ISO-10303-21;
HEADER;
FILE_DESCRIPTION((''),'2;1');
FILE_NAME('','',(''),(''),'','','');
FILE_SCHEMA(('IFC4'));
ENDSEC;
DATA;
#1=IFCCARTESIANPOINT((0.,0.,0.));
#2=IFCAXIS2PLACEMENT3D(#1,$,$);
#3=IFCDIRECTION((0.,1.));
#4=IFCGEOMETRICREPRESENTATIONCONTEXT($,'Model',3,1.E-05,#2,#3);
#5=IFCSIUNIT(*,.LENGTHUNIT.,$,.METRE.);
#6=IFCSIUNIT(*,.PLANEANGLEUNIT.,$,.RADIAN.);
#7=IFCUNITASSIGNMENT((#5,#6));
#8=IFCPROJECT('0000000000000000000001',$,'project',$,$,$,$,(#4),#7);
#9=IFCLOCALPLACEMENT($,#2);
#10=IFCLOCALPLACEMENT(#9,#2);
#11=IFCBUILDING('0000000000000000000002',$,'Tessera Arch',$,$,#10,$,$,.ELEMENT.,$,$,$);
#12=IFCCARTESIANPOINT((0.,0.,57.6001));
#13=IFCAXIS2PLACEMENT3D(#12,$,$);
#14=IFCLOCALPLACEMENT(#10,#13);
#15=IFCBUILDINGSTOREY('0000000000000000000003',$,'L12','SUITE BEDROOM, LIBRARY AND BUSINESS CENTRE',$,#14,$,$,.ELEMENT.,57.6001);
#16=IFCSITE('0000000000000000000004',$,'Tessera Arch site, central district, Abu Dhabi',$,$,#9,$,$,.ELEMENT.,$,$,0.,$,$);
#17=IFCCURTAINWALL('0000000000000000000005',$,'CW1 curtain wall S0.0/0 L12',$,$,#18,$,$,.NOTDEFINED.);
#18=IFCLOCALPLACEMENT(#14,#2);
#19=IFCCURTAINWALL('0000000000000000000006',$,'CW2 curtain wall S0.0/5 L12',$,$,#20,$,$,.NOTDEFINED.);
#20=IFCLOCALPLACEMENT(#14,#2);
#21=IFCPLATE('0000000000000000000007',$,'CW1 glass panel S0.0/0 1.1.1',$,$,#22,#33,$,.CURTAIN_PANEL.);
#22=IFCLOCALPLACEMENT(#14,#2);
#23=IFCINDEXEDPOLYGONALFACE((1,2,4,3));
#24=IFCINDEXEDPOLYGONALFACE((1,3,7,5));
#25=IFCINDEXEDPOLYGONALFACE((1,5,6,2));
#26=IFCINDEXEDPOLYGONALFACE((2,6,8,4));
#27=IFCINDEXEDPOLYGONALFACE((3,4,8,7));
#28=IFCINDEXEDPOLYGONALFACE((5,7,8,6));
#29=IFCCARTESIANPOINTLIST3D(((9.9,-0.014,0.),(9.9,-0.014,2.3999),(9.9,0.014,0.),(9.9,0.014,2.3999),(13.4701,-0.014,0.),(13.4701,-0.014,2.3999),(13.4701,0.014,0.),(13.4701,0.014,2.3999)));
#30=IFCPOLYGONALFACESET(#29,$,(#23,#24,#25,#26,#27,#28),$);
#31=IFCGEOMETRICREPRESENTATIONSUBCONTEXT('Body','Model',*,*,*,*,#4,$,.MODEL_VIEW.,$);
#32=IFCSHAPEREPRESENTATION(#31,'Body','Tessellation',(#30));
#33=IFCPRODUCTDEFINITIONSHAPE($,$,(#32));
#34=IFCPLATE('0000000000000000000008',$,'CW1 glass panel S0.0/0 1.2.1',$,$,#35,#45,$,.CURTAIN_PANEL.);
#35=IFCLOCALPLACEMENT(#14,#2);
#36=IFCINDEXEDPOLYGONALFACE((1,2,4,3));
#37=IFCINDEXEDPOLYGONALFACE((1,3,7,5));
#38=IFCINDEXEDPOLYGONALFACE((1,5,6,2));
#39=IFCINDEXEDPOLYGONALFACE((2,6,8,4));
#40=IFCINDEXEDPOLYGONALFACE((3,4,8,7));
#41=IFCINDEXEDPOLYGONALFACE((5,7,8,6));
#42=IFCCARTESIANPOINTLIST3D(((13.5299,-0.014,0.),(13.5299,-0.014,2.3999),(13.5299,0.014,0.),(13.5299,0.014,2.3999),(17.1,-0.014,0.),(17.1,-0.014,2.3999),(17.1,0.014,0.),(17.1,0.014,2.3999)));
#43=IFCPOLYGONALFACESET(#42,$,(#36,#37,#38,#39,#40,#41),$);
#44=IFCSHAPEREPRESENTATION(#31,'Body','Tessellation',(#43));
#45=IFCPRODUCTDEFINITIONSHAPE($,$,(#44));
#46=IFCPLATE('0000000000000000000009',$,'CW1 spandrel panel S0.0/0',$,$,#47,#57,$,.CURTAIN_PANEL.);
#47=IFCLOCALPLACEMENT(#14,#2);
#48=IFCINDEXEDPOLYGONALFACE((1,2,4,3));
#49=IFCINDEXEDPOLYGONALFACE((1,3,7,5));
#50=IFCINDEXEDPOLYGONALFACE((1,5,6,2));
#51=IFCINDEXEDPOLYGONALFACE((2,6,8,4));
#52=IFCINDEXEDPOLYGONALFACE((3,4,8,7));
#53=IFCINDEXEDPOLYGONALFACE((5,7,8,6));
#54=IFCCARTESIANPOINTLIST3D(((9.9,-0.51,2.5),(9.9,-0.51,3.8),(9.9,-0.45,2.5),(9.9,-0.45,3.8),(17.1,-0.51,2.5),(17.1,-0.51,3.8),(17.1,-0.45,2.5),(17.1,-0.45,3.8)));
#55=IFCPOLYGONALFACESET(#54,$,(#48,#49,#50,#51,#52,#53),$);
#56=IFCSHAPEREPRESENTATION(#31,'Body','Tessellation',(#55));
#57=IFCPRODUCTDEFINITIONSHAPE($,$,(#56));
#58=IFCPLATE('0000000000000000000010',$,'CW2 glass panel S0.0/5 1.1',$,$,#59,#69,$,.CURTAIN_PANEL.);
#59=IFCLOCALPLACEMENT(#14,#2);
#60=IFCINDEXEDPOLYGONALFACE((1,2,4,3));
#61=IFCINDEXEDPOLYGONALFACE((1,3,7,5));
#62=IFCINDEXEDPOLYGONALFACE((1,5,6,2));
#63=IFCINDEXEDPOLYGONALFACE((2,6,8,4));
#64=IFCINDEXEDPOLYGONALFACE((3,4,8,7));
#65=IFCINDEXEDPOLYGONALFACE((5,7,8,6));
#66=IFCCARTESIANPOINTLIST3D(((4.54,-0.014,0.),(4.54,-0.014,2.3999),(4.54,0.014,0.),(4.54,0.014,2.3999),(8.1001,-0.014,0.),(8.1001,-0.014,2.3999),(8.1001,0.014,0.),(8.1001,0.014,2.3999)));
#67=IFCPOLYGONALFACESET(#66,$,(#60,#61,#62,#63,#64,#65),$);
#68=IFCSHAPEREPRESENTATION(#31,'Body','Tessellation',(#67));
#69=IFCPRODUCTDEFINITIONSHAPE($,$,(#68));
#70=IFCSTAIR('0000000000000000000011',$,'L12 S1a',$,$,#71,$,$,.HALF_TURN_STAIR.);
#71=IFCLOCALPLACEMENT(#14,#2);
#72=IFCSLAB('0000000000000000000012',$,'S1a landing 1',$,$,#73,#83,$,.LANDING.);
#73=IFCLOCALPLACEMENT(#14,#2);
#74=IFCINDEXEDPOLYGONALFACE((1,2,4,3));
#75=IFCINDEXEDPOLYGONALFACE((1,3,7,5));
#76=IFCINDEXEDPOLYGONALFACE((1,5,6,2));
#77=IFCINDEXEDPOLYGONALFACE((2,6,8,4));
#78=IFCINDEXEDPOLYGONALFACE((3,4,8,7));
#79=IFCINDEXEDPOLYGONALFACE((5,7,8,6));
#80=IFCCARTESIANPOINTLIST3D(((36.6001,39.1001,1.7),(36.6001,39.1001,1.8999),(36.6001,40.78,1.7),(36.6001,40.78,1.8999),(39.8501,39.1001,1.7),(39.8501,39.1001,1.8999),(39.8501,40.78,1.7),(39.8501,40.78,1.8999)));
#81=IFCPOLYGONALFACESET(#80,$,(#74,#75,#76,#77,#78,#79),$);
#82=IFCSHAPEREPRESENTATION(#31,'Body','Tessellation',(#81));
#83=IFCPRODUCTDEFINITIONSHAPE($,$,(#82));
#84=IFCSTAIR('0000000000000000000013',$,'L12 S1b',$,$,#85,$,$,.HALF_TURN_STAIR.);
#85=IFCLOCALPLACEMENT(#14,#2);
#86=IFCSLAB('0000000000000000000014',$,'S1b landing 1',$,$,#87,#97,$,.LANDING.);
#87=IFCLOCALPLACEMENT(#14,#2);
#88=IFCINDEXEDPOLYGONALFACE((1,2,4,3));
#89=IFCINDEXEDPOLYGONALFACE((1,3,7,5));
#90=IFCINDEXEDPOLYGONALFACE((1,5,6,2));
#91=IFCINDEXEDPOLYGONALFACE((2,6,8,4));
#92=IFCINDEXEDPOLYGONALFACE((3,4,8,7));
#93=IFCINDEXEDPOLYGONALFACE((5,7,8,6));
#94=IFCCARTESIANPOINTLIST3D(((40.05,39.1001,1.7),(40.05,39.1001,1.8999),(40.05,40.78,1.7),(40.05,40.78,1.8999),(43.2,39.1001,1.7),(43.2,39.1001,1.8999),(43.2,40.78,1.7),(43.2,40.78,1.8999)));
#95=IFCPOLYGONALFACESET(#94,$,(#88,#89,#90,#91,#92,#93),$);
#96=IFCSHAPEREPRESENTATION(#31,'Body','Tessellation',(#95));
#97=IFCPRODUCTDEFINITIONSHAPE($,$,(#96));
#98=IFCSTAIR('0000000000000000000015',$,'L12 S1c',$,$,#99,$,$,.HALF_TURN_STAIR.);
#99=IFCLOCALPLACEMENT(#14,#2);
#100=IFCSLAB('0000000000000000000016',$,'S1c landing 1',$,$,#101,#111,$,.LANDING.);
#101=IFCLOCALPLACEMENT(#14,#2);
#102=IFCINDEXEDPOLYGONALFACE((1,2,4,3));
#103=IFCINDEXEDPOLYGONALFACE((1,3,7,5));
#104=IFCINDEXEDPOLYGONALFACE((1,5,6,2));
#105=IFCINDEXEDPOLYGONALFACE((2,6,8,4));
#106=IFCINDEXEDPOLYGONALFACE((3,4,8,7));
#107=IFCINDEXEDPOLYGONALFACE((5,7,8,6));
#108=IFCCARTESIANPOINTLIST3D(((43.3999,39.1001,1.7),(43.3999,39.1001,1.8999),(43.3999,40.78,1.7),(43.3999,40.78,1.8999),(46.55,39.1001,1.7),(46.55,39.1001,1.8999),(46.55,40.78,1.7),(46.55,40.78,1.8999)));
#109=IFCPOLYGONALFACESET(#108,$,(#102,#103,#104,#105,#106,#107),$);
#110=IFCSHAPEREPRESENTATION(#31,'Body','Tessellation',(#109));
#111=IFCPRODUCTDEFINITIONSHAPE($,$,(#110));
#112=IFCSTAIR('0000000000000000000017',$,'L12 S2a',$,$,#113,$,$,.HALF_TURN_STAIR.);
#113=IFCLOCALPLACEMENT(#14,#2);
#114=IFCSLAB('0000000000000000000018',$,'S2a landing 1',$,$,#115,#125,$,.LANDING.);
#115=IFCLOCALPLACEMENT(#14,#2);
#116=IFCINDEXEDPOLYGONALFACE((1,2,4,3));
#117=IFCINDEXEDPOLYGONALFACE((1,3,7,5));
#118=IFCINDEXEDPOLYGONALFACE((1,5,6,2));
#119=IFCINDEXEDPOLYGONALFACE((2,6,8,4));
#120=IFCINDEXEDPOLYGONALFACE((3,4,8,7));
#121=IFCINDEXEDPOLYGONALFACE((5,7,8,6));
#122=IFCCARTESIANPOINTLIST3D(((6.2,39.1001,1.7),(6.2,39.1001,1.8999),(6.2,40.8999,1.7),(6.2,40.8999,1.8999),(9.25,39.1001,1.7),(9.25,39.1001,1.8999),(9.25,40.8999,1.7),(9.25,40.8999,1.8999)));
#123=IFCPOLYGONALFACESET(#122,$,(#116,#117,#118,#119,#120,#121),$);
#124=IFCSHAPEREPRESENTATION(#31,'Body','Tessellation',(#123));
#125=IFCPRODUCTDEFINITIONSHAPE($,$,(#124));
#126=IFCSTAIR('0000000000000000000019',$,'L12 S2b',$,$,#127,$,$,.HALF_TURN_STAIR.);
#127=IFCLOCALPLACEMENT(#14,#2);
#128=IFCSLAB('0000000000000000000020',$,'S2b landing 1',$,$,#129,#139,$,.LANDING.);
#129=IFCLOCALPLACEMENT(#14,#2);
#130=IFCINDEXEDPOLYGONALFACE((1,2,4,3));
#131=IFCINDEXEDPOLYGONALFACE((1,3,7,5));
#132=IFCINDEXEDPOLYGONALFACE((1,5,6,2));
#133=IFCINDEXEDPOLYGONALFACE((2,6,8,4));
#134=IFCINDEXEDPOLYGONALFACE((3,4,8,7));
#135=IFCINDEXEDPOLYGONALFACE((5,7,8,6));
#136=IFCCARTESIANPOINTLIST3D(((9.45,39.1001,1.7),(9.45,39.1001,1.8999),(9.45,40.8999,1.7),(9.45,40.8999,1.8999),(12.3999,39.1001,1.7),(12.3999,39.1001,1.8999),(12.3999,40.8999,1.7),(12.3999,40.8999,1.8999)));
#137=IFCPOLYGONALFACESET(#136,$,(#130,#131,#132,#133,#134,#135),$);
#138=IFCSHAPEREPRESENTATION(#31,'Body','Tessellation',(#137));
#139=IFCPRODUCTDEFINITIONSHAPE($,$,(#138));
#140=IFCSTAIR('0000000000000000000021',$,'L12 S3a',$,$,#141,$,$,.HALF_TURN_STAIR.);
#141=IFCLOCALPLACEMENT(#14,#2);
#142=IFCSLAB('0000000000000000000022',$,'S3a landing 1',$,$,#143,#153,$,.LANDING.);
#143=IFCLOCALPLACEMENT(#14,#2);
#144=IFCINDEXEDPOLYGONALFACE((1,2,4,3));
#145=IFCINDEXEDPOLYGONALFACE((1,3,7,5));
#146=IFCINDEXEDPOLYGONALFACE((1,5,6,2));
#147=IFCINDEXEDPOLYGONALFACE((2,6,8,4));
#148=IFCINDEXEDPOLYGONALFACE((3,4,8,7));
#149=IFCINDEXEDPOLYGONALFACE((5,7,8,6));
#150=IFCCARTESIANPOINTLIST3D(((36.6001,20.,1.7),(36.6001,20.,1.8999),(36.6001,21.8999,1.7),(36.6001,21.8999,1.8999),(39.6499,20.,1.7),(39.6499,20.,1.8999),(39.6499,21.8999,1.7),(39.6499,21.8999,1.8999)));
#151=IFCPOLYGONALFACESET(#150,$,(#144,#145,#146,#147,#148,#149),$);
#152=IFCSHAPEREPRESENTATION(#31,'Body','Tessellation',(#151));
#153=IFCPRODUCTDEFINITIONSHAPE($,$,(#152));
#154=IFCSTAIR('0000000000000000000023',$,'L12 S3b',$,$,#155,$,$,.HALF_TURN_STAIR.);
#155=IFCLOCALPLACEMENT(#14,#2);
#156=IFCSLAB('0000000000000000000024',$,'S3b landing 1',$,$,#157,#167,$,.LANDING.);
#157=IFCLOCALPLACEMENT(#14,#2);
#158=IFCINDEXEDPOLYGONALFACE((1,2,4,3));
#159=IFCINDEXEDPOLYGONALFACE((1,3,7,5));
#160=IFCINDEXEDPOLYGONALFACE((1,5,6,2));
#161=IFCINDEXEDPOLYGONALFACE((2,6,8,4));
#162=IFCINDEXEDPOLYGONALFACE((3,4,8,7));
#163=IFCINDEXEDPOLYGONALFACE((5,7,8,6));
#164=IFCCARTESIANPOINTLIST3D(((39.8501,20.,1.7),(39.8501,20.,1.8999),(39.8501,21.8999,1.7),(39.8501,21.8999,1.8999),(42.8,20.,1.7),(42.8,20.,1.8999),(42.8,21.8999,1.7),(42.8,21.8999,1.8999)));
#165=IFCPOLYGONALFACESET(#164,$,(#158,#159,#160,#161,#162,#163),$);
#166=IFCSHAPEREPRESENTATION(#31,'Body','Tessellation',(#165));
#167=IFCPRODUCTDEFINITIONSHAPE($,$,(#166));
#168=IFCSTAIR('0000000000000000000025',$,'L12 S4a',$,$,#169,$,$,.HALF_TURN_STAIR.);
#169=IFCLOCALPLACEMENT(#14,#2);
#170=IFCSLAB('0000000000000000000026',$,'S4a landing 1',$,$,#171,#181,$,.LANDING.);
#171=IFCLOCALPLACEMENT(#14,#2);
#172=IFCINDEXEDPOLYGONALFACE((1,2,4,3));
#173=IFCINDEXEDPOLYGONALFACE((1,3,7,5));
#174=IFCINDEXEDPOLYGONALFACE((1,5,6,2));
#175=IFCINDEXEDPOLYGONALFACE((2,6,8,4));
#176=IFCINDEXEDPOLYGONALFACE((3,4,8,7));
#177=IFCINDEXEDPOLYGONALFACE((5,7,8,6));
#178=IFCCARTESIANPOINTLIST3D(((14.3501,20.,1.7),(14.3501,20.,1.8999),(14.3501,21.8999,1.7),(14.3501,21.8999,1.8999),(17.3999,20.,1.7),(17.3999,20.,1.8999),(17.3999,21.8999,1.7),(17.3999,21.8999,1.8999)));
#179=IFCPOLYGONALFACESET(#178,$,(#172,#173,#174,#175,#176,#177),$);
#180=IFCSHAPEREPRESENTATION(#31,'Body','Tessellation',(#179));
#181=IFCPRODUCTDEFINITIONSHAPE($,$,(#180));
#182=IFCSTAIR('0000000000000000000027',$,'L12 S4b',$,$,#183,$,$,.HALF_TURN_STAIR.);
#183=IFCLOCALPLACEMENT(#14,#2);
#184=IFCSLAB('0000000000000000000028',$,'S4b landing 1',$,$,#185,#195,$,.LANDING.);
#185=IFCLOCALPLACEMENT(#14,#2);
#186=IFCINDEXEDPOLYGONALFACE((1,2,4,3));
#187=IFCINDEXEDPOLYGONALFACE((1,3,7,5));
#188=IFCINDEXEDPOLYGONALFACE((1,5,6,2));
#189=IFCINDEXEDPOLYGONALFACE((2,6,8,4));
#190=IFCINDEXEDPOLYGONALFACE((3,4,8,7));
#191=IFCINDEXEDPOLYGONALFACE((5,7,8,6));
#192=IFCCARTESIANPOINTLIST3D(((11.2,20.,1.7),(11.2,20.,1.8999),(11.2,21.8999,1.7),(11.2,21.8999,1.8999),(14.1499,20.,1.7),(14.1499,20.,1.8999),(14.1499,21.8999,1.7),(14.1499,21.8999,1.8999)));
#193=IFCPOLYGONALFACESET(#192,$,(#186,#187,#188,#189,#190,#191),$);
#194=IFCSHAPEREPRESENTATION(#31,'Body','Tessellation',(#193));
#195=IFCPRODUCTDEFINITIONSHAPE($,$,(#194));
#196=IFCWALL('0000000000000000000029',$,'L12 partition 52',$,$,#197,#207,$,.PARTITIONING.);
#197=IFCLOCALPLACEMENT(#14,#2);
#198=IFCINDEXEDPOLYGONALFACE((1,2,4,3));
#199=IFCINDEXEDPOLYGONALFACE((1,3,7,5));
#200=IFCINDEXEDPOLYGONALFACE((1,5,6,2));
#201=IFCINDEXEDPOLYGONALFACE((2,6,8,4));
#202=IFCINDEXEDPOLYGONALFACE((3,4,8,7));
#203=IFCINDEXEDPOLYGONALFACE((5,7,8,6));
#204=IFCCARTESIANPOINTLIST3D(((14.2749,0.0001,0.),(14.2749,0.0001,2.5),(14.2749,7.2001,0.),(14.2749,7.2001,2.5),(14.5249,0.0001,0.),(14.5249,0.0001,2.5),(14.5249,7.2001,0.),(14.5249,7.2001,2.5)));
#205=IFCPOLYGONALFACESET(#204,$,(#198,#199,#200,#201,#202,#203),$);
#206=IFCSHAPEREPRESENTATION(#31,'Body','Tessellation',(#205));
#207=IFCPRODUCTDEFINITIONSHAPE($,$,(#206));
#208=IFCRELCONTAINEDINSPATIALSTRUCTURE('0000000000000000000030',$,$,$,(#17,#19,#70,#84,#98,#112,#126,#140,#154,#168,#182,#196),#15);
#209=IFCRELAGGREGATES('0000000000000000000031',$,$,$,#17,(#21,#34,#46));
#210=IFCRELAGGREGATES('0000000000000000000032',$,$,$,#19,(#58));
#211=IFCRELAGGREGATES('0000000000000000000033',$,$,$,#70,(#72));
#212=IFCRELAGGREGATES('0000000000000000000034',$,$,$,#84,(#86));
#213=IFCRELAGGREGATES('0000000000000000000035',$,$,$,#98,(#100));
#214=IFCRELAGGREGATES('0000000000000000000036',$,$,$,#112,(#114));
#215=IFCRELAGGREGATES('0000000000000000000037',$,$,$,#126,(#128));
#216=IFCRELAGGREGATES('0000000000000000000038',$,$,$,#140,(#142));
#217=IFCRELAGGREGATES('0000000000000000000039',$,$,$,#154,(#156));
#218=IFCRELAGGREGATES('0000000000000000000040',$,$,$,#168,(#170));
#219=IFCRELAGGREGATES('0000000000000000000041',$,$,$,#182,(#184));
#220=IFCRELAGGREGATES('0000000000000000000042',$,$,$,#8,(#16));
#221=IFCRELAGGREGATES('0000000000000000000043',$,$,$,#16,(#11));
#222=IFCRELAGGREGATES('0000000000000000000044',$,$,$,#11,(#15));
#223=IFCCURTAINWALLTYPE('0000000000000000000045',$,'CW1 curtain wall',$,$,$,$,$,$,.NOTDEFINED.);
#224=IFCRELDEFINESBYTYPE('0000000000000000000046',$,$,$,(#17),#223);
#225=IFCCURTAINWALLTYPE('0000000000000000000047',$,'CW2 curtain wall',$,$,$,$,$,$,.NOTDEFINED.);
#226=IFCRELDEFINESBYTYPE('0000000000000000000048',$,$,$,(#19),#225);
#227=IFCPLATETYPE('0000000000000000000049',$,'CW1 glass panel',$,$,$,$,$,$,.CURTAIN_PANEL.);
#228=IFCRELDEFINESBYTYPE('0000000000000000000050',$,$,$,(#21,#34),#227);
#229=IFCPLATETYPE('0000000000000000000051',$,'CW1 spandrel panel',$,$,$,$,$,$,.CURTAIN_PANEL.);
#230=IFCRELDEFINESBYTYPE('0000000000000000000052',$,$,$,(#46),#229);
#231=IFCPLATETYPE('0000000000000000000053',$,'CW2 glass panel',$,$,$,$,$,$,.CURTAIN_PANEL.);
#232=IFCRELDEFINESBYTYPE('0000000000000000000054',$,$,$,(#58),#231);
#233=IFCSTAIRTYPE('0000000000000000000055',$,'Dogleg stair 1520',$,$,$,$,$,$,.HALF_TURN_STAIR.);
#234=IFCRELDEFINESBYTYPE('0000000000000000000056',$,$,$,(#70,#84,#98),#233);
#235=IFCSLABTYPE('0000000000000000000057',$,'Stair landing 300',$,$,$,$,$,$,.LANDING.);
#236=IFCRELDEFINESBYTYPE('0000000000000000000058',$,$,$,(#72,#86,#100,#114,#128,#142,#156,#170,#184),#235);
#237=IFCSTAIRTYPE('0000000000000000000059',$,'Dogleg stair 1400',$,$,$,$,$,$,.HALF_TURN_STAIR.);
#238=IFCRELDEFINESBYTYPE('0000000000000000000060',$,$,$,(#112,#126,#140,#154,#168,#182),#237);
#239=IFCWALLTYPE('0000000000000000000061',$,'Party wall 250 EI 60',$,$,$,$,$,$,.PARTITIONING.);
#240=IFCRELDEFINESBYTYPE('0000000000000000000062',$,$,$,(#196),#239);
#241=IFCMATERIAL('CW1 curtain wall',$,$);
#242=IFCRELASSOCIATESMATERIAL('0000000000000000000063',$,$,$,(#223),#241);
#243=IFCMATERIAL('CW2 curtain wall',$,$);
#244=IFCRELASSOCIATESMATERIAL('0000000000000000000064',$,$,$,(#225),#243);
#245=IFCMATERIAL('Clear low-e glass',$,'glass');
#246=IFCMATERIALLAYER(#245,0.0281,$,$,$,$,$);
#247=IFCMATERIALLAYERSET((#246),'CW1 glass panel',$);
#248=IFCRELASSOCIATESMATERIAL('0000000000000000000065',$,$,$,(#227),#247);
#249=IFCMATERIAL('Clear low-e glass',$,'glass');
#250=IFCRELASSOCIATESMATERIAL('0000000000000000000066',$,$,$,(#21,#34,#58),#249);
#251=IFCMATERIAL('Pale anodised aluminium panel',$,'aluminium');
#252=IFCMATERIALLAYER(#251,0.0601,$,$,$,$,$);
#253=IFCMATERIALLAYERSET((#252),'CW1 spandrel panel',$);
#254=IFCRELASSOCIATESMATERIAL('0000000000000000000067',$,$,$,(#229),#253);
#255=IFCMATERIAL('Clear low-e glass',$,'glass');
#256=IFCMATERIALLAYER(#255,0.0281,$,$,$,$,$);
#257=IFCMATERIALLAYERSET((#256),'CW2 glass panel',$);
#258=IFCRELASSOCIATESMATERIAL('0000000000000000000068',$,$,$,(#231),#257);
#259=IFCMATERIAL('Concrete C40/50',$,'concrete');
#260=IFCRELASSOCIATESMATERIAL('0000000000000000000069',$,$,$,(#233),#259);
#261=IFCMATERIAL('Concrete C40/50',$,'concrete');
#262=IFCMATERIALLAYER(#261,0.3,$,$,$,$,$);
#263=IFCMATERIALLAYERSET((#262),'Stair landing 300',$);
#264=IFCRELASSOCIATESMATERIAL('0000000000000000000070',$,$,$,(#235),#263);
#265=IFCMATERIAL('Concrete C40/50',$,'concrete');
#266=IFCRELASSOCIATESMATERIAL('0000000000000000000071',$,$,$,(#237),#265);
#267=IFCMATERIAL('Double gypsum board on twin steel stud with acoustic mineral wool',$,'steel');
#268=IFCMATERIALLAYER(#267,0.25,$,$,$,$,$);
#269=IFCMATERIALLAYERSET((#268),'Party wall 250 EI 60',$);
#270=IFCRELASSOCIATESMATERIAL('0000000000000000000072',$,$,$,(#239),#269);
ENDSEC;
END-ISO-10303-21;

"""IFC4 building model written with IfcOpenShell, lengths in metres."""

from ifc_helpers import new_model, si_unit, direction, frame, frame_2d, origin, origin_2d, place, context, subcontext, project, spatial, polyline, rectangle, outline, extrude, material, layer, layer_set, type_object, element, aggregate, save


model = new_model("IFC4")

# Units and contexts
model_context = context("Model", 3, precision=1e-05, world=origin(), true_north=direction((0.0, 1.0)))
body_context = subcontext(model_context, "Body", "Model", "MODEL_VIEW")
ifc_project = project(units=[si_unit("LENGTHUNIT", "METRE"), si_unit("PLANEANGLEUNIT", "RADIAN")], contexts=[model_context])

# Site, building, storey
site_placement = place(None, origin())
site = spatial("IfcSite", under=ifc_project, at=site_placement, Name="Tessera Arch site, central district, Abu Dhabi", CompositionType="ELEMENT", RefElevation=0.0)
building_placement = place(site_placement, origin())
building = spatial("IfcBuilding", under=site, at=building_placement, Name="Tessera Arch", CompositionType="ELEMENT")
storey_placement = place(building_placement, frame((0.0, 0.0, 57.6001)))
storey = spatial("IfcBuildingStorey", under=building, at=storey_placement, Name="L12", Description="SUITE BEDROOM, LIBRARY AND BUSINESS CENTRE", CompositionType="ELEMENT", Elevation=57.6001)

# Curtain wall
ifc_material_1 = material(Name="CW1 curtain wall")
curtain_wall_type_1 = type_object("IfcCurtainWallType", Name="CW1 curtain wall", PredefinedType="NOTDEFINED", material=ifc_material_1)
curtain_wall_1_placement = place(storey_placement, origin())
curtain_wall_1 = element("IfcCurtainWall", 1, at=curtain_wall_1_placement, inside=storey, type_object=curtain_wall_type_1, Name="CW1 curtain wall S0.0/0 L12", PredefinedType="NOTDEFINED")

# Curtain wall
ifc_material_2 = material(Name="CW2 curtain wall")
curtain_wall_type_2 = type_object("IfcCurtainWallType", Name="CW2 curtain wall", PredefinedType="NOTDEFINED", material=ifc_material_2)
curtain_wall_2_placement = place(storey_placement, origin())
curtain_wall_2 = element("IfcCurtainWall", 2, at=curtain_wall_2_placement, inside=storey, type_object=curtain_wall_type_2, Name="CW2 curtain wall S0.0/5 L12", PredefinedType="NOTDEFINED")

# Plates
ifc_material_3 = material(Name="Clear low-e glass", Category="glass")
ifc_material_4 = material(Name="Clear low-e glass", Category="glass")
ifc_layer_1 = layer(ifc_material_4, 0.0281)
ifc_layer_set_1 = layer_set([ifc_layer_1], Name="CW1 glass panel")
plate_type_1 = type_object("IfcPlateType", Name="CW1 glass panel", PredefinedType="CURTAIN_PANEL", material=ifc_layer_set_1)
plate_1_placement = place(storey_placement, frame((11.6851, 0.0, 0.0), z_axis=(0.0, 0.0, 1.0), x_axis=(1.0, 0.0, 0.0)))
plate_1 = element("IfcPlate", 3, at=plate_1_placement, type_object=plate_type_1, material=ifc_material_3, Name="CW1 glass panel S0.0/0 1.1.1", PredefinedType="CURTAIN_PANEL", context=body_context, shape_type="SweptSolid", body=[
    extrude(rectangle(XDim=3.5701, YDim=0.0281, at=origin_2d()), origin(), (0.0, 0.0, 1.0), 2.3999),
])
plate_2_placement = place(storey_placement, frame((15.3149, 0.0, 0.0), z_axis=(0.0, 0.0, 1.0), x_axis=(1.0, 0.0, 0.0)))
plate_2 = element("IfcPlate", 4, at=plate_2_placement, type_object=plate_type_1, material=ifc_material_3, Name="CW1 glass panel S0.0/0 1.2.1", PredefinedType="CURTAIN_PANEL", context=body_context, shape_type="SweptSolid", body=[
    extrude(rectangle(XDim=3.5701, YDim=0.0281, at=origin_2d()), origin(), (0.0, 0.0, 1.0), 2.3999),
])
ifc_material_5 = material(Name="Pale anodised aluminium panel", Category="aluminium")
ifc_layer_2 = layer(ifc_material_5, 0.0601)
ifc_layer_set_2 = layer_set([ifc_layer_2], Name="CW1 spandrel panel")
plate_type_2 = type_object("IfcPlateType", Name="CW1 spandrel panel", PredefinedType="CURTAIN_PANEL", material=ifc_layer_set_2)
plate_3_placement = place(storey_placement, frame((13.5, -0.48, 2.5), z_axis=(0.0, 0.0, 1.0), x_axis=(1.0, 0.0, 0.0)))
plate_3 = element("IfcPlate", 5, at=plate_3_placement, type_object=plate_type_2, Name="CW1 spandrel panel S0.0/0", PredefinedType="CURTAIN_PANEL", context=body_context, shape_type="SweptSolid", body=[
    extrude(rectangle(XDim=7.2, YDim=0.0601, at=origin_2d()), origin(), (0.0, 0.0, 1.0), 1.3),
])
aggregate(curtain_wall_1, [plate_1, plate_2, plate_3])
ifc_material_6 = material(Name="Clear low-e glass", Category="glass")
ifc_layer_3 = layer(ifc_material_6, 0.0281)
ifc_layer_set_3 = layer_set([ifc_layer_3], Name="CW2 glass panel")
plate_type_3 = type_object("IfcPlateType", Name="CW2 glass panel", PredefinedType="CURTAIN_PANEL", material=ifc_layer_set_3)
plate_4_placement = place(storey_placement, frame((6.3201, 0.0, 0.0), z_axis=(0.0, 0.0, 1.0), x_axis=(1.0, 0.0, 0.0)))
plate_4 = element("IfcPlate", 6, at=plate_4_placement, type_object=plate_type_3, material=ifc_material_3, Name="CW2 glass panel S0.0/5 1.1", PredefinedType="CURTAIN_PANEL", context=body_context, shape_type="SweptSolid", body=[
    extrude(rectangle(XDim=3.5601, YDim=0.0281, at=origin_2d()), origin(), (0.0, 0.0, 1.0), 2.3999),
])
aggregate(curtain_wall_2, [plate_4])

# Stairs, slabs
ifc_material_7 = material(Name="Concrete C40/50", Category="concrete")
stair_type_1 = type_object("IfcStairType", Name="Dogleg stair 1520", PredefinedType="HALF_TURN_STAIR", material=ifc_material_7)
stair_1_placement = place(storey_placement, origin())
stair_1 = element("IfcStair", 7, at=stair_1_placement, inside=storey, type_object=stair_type_1, Name="L12 S1a", PredefinedType="HALF_TURN_STAIR")
ifc_material_8 = material(Name="Concrete C40/50", Category="concrete")
ifc_layer_4 = layer(ifc_material_8, 0.3)
ifc_layer_set_4 = layer_set([ifc_layer_4], Name="Stair landing 300")
slab_type = type_object("IfcSlabType", Name="Stair landing 300", PredefinedType="LANDING", material=ifc_layer_set_4)
slab_1_placement = place(storey_placement, frame((0.0, 0.0, 1.7)))
slab_1 = element("IfcSlab", 8, at=slab_1_placement, type_object=slab_type, Name="S1a landing 1", PredefinedType="LANDING", context=body_context, shape_type="SweptSolid", body=[
    extrude(outline(polyline([(36.6001, 40.78), (36.6001, 39.1001), (39.8501, 39.1001), (39.8501, 40.78), (36.6001, 40.78)])), origin(), (0.0, 0.0, 1.0), 0.2),
])
aggregate(stair_1, [slab_1])
stair_2_placement = place(storey_placement, origin())
stair_2 = element("IfcStair", 9, at=stair_2_placement, inside=storey, type_object=stair_type_1, Name="L12 S1b", PredefinedType="HALF_TURN_STAIR")
slab_2_placement = place(storey_placement, frame((0.0, 0.0, 1.7)))
slab_2 = element("IfcSlab", 10, at=slab_2_placement, type_object=slab_type, Name="S1b landing 1", PredefinedType="LANDING", context=body_context, shape_type="SweptSolid", body=[
    extrude(outline(polyline([(40.05, 40.78), (40.05, 39.1001), (43.2, 39.1001), (43.2, 40.78), (40.05, 40.78)])), origin(), (0.0, 0.0, 1.0), 0.2),
])
aggregate(stair_2, [slab_2])
stair_3_placement = place(storey_placement, origin())
stair_3 = element("IfcStair", 11, at=stair_3_placement, inside=storey, type_object=stair_type_1, Name="L12 S1c", PredefinedType="HALF_TURN_STAIR")
slab_3_placement = place(storey_placement, frame((0.0, 0.0, 1.7)))
slab_3 = element("IfcSlab", 12, at=slab_3_placement, type_object=slab_type, Name="S1c landing 1", PredefinedType="LANDING", context=body_context, shape_type="SweptSolid", body=[
    extrude(outline(polyline([(43.3999, 40.78), (43.3999, 39.1001), (46.55, 39.1001), (46.55, 40.78), (43.3999, 40.78)])), origin(), (0.0, 0.0, 1.0), 0.2),
])
aggregate(stair_3, [slab_3])
ifc_material_9 = material(Name="Concrete C40/50", Category="concrete")
stair_type_2 = type_object("IfcStairType", Name="Dogleg stair 1400", PredefinedType="HALF_TURN_STAIR", material=ifc_material_9)
stair_4_placement = place(storey_placement, origin())
stair_4 = element("IfcStair", 13, at=stair_4_placement, inside=storey, type_object=stair_type_2, Name="L12 S2a", PredefinedType="HALF_TURN_STAIR")
slab_4_placement = place(storey_placement, frame((0.0, 0.0, 1.7)))
slab_4 = element("IfcSlab", 14, at=slab_4_placement, type_object=slab_type, Name="S2a landing 1", PredefinedType="LANDING", context=body_context, shape_type="SweptSolid", body=[
    extrude(outline(polyline([(6.2, 40.8999), (6.2, 39.1001), (9.25, 39.1001), (9.25, 40.8999), (6.2, 40.8999)])), origin(), (0.0, 0.0, 1.0), 0.2),
])
aggregate(stair_4, [slab_4])
stair_5_placement = place(storey_placement, origin())
stair_5 = element("IfcStair", 15, at=stair_5_placement, inside=storey, type_object=stair_type_2, Name="L12 S2b", PredefinedType="HALF_TURN_STAIR")
slab_5_placement = place(storey_placement, frame((0.0, 0.0, 1.7)))
slab_5 = element("IfcSlab", 16, at=slab_5_placement, type_object=slab_type, Name="S2b landing 1", PredefinedType="LANDING", context=body_context, shape_type="SweptSolid", body=[
    extrude(outline(polyline([(9.45, 40.8999), (9.45, 39.1001), (12.3999, 39.1001), (12.3999, 40.8999), (9.45, 40.8999)])), origin(), (0.0, 0.0, 1.0), 0.2),
])
aggregate(stair_5, [slab_5])
stair_6_placement = place(storey_placement, origin())
stair_6 = element("IfcStair", 17, at=stair_6_placement, inside=storey, type_object=stair_type_2, Name="L12 S3a", PredefinedType="HALF_TURN_STAIR")
slab_6_placement = place(storey_placement, frame((0.0, 0.0, 1.7)))
slab_6 = element("IfcSlab", 18, at=slab_6_placement, type_object=slab_type, Name="S3a landing 1", PredefinedType="LANDING", context=body_context, shape_type="SweptSolid", body=[
    extrude(outline(polyline([(39.6499, 20.0), (39.6499, 21.8999), (36.6001, 21.8999), (36.6001, 20.0), (39.6499, 20.0)])), origin(), (0.0, 0.0, 1.0), 0.2),
])
aggregate(stair_6, [slab_6])
stair_7_placement = place(storey_placement, origin())
stair_7 = element("IfcStair", 19, at=stair_7_placement, inside=storey, type_object=stair_type_2, Name="L12 S3b", PredefinedType="HALF_TURN_STAIR")
slab_7_placement = place(storey_placement, frame((0.0, 0.0, 1.7)))
slab_7 = element("IfcSlab", 20, at=slab_7_placement, type_object=slab_type, Name="S3b landing 1", PredefinedType="LANDING", context=body_context, shape_type="SweptSolid", body=[
    extrude(outline(polyline([(42.8, 20.0), (42.8, 21.8999), (39.8501, 21.8999), (39.8501, 20.0), (42.8, 20.0)])), origin(), (0.0, 0.0, 1.0), 0.2),
])
aggregate(stair_7, [slab_7])
stair_8_placement = place(storey_placement, origin())
stair_8 = element("IfcStair", 21, at=stair_8_placement, inside=storey, type_object=stair_type_2, Name="L12 S4a", PredefinedType="HALF_TURN_STAIR")
slab_8_placement = place(storey_placement, frame((0.0, 0.0, 1.7)))
slab_8 = element("IfcSlab", 22, at=slab_8_placement, type_object=slab_type, Name="S4a landing 1", PredefinedType="LANDING", context=body_context, shape_type="SweptSolid", body=[
    extrude(outline(polyline([(17.3999, 20.0), (17.3999, 21.8999), (14.3501, 21.8999), (14.3501, 20.0), (17.3999, 20.0)])), origin(), (0.0, 0.0, 1.0), 0.2),
])
aggregate(stair_8, [slab_8])
stair_9_placement = place(storey_placement, origin())
stair_9 = element("IfcStair", 23, at=stair_9_placement, inside=storey, type_object=stair_type_2, Name="L12 S4b", PredefinedType="HALF_TURN_STAIR")
slab_9_placement = place(storey_placement, frame((0.0, 0.0, 1.7)))
slab_9 = element("IfcSlab", 24, at=slab_9_placement, type_object=slab_type, Name="S4b landing 1", PredefinedType="LANDING", context=body_context, shape_type="SweptSolid", body=[
    extrude(outline(polyline([(14.1499, 20.0), (14.1499, 21.8999), (11.2, 21.8999), (11.2, 20.0), (14.1499, 20.0)])), origin(), (0.0, 0.0, 1.0), 0.2),
])
aggregate(stair_9, [slab_9])

# Wall
ifc_material_10 = material(Name="Double gypsum board on twin steel stud with acoustic mineral wool", Category="steel")
ifc_layer_5 = layer(ifc_material_10, 0.25)
ifc_layer_set_5 = layer_set([ifc_layer_5], Name="Party wall 250 EI 60")
wall_type = type_object("IfcWallType", Name="Party wall 250 EI 60", PredefinedType="PARTITIONING", material=ifc_layer_set_5)
wall_placement = place(storey_placement, frame((14.3999, 0.0, 0.0), z_axis=(0.0, 0.0, 1.0), x_axis=(0.0, 1.0, 0.0)))
element("IfcWall", 25, at=wall_placement, inside=storey, type_object=wall_type, Name="L12 partition 52", PredefinedType="PARTITIONING", context=body_context, shape_type="SweptSolid", body=[
    extrude(rectangle(XDim=7.2, YDim=0.25, at=frame_2d((3.6001, 0.0))), origin(), (0.0, 0.0, 1.0), 2.5),
])

save(model, "model.ifc")
